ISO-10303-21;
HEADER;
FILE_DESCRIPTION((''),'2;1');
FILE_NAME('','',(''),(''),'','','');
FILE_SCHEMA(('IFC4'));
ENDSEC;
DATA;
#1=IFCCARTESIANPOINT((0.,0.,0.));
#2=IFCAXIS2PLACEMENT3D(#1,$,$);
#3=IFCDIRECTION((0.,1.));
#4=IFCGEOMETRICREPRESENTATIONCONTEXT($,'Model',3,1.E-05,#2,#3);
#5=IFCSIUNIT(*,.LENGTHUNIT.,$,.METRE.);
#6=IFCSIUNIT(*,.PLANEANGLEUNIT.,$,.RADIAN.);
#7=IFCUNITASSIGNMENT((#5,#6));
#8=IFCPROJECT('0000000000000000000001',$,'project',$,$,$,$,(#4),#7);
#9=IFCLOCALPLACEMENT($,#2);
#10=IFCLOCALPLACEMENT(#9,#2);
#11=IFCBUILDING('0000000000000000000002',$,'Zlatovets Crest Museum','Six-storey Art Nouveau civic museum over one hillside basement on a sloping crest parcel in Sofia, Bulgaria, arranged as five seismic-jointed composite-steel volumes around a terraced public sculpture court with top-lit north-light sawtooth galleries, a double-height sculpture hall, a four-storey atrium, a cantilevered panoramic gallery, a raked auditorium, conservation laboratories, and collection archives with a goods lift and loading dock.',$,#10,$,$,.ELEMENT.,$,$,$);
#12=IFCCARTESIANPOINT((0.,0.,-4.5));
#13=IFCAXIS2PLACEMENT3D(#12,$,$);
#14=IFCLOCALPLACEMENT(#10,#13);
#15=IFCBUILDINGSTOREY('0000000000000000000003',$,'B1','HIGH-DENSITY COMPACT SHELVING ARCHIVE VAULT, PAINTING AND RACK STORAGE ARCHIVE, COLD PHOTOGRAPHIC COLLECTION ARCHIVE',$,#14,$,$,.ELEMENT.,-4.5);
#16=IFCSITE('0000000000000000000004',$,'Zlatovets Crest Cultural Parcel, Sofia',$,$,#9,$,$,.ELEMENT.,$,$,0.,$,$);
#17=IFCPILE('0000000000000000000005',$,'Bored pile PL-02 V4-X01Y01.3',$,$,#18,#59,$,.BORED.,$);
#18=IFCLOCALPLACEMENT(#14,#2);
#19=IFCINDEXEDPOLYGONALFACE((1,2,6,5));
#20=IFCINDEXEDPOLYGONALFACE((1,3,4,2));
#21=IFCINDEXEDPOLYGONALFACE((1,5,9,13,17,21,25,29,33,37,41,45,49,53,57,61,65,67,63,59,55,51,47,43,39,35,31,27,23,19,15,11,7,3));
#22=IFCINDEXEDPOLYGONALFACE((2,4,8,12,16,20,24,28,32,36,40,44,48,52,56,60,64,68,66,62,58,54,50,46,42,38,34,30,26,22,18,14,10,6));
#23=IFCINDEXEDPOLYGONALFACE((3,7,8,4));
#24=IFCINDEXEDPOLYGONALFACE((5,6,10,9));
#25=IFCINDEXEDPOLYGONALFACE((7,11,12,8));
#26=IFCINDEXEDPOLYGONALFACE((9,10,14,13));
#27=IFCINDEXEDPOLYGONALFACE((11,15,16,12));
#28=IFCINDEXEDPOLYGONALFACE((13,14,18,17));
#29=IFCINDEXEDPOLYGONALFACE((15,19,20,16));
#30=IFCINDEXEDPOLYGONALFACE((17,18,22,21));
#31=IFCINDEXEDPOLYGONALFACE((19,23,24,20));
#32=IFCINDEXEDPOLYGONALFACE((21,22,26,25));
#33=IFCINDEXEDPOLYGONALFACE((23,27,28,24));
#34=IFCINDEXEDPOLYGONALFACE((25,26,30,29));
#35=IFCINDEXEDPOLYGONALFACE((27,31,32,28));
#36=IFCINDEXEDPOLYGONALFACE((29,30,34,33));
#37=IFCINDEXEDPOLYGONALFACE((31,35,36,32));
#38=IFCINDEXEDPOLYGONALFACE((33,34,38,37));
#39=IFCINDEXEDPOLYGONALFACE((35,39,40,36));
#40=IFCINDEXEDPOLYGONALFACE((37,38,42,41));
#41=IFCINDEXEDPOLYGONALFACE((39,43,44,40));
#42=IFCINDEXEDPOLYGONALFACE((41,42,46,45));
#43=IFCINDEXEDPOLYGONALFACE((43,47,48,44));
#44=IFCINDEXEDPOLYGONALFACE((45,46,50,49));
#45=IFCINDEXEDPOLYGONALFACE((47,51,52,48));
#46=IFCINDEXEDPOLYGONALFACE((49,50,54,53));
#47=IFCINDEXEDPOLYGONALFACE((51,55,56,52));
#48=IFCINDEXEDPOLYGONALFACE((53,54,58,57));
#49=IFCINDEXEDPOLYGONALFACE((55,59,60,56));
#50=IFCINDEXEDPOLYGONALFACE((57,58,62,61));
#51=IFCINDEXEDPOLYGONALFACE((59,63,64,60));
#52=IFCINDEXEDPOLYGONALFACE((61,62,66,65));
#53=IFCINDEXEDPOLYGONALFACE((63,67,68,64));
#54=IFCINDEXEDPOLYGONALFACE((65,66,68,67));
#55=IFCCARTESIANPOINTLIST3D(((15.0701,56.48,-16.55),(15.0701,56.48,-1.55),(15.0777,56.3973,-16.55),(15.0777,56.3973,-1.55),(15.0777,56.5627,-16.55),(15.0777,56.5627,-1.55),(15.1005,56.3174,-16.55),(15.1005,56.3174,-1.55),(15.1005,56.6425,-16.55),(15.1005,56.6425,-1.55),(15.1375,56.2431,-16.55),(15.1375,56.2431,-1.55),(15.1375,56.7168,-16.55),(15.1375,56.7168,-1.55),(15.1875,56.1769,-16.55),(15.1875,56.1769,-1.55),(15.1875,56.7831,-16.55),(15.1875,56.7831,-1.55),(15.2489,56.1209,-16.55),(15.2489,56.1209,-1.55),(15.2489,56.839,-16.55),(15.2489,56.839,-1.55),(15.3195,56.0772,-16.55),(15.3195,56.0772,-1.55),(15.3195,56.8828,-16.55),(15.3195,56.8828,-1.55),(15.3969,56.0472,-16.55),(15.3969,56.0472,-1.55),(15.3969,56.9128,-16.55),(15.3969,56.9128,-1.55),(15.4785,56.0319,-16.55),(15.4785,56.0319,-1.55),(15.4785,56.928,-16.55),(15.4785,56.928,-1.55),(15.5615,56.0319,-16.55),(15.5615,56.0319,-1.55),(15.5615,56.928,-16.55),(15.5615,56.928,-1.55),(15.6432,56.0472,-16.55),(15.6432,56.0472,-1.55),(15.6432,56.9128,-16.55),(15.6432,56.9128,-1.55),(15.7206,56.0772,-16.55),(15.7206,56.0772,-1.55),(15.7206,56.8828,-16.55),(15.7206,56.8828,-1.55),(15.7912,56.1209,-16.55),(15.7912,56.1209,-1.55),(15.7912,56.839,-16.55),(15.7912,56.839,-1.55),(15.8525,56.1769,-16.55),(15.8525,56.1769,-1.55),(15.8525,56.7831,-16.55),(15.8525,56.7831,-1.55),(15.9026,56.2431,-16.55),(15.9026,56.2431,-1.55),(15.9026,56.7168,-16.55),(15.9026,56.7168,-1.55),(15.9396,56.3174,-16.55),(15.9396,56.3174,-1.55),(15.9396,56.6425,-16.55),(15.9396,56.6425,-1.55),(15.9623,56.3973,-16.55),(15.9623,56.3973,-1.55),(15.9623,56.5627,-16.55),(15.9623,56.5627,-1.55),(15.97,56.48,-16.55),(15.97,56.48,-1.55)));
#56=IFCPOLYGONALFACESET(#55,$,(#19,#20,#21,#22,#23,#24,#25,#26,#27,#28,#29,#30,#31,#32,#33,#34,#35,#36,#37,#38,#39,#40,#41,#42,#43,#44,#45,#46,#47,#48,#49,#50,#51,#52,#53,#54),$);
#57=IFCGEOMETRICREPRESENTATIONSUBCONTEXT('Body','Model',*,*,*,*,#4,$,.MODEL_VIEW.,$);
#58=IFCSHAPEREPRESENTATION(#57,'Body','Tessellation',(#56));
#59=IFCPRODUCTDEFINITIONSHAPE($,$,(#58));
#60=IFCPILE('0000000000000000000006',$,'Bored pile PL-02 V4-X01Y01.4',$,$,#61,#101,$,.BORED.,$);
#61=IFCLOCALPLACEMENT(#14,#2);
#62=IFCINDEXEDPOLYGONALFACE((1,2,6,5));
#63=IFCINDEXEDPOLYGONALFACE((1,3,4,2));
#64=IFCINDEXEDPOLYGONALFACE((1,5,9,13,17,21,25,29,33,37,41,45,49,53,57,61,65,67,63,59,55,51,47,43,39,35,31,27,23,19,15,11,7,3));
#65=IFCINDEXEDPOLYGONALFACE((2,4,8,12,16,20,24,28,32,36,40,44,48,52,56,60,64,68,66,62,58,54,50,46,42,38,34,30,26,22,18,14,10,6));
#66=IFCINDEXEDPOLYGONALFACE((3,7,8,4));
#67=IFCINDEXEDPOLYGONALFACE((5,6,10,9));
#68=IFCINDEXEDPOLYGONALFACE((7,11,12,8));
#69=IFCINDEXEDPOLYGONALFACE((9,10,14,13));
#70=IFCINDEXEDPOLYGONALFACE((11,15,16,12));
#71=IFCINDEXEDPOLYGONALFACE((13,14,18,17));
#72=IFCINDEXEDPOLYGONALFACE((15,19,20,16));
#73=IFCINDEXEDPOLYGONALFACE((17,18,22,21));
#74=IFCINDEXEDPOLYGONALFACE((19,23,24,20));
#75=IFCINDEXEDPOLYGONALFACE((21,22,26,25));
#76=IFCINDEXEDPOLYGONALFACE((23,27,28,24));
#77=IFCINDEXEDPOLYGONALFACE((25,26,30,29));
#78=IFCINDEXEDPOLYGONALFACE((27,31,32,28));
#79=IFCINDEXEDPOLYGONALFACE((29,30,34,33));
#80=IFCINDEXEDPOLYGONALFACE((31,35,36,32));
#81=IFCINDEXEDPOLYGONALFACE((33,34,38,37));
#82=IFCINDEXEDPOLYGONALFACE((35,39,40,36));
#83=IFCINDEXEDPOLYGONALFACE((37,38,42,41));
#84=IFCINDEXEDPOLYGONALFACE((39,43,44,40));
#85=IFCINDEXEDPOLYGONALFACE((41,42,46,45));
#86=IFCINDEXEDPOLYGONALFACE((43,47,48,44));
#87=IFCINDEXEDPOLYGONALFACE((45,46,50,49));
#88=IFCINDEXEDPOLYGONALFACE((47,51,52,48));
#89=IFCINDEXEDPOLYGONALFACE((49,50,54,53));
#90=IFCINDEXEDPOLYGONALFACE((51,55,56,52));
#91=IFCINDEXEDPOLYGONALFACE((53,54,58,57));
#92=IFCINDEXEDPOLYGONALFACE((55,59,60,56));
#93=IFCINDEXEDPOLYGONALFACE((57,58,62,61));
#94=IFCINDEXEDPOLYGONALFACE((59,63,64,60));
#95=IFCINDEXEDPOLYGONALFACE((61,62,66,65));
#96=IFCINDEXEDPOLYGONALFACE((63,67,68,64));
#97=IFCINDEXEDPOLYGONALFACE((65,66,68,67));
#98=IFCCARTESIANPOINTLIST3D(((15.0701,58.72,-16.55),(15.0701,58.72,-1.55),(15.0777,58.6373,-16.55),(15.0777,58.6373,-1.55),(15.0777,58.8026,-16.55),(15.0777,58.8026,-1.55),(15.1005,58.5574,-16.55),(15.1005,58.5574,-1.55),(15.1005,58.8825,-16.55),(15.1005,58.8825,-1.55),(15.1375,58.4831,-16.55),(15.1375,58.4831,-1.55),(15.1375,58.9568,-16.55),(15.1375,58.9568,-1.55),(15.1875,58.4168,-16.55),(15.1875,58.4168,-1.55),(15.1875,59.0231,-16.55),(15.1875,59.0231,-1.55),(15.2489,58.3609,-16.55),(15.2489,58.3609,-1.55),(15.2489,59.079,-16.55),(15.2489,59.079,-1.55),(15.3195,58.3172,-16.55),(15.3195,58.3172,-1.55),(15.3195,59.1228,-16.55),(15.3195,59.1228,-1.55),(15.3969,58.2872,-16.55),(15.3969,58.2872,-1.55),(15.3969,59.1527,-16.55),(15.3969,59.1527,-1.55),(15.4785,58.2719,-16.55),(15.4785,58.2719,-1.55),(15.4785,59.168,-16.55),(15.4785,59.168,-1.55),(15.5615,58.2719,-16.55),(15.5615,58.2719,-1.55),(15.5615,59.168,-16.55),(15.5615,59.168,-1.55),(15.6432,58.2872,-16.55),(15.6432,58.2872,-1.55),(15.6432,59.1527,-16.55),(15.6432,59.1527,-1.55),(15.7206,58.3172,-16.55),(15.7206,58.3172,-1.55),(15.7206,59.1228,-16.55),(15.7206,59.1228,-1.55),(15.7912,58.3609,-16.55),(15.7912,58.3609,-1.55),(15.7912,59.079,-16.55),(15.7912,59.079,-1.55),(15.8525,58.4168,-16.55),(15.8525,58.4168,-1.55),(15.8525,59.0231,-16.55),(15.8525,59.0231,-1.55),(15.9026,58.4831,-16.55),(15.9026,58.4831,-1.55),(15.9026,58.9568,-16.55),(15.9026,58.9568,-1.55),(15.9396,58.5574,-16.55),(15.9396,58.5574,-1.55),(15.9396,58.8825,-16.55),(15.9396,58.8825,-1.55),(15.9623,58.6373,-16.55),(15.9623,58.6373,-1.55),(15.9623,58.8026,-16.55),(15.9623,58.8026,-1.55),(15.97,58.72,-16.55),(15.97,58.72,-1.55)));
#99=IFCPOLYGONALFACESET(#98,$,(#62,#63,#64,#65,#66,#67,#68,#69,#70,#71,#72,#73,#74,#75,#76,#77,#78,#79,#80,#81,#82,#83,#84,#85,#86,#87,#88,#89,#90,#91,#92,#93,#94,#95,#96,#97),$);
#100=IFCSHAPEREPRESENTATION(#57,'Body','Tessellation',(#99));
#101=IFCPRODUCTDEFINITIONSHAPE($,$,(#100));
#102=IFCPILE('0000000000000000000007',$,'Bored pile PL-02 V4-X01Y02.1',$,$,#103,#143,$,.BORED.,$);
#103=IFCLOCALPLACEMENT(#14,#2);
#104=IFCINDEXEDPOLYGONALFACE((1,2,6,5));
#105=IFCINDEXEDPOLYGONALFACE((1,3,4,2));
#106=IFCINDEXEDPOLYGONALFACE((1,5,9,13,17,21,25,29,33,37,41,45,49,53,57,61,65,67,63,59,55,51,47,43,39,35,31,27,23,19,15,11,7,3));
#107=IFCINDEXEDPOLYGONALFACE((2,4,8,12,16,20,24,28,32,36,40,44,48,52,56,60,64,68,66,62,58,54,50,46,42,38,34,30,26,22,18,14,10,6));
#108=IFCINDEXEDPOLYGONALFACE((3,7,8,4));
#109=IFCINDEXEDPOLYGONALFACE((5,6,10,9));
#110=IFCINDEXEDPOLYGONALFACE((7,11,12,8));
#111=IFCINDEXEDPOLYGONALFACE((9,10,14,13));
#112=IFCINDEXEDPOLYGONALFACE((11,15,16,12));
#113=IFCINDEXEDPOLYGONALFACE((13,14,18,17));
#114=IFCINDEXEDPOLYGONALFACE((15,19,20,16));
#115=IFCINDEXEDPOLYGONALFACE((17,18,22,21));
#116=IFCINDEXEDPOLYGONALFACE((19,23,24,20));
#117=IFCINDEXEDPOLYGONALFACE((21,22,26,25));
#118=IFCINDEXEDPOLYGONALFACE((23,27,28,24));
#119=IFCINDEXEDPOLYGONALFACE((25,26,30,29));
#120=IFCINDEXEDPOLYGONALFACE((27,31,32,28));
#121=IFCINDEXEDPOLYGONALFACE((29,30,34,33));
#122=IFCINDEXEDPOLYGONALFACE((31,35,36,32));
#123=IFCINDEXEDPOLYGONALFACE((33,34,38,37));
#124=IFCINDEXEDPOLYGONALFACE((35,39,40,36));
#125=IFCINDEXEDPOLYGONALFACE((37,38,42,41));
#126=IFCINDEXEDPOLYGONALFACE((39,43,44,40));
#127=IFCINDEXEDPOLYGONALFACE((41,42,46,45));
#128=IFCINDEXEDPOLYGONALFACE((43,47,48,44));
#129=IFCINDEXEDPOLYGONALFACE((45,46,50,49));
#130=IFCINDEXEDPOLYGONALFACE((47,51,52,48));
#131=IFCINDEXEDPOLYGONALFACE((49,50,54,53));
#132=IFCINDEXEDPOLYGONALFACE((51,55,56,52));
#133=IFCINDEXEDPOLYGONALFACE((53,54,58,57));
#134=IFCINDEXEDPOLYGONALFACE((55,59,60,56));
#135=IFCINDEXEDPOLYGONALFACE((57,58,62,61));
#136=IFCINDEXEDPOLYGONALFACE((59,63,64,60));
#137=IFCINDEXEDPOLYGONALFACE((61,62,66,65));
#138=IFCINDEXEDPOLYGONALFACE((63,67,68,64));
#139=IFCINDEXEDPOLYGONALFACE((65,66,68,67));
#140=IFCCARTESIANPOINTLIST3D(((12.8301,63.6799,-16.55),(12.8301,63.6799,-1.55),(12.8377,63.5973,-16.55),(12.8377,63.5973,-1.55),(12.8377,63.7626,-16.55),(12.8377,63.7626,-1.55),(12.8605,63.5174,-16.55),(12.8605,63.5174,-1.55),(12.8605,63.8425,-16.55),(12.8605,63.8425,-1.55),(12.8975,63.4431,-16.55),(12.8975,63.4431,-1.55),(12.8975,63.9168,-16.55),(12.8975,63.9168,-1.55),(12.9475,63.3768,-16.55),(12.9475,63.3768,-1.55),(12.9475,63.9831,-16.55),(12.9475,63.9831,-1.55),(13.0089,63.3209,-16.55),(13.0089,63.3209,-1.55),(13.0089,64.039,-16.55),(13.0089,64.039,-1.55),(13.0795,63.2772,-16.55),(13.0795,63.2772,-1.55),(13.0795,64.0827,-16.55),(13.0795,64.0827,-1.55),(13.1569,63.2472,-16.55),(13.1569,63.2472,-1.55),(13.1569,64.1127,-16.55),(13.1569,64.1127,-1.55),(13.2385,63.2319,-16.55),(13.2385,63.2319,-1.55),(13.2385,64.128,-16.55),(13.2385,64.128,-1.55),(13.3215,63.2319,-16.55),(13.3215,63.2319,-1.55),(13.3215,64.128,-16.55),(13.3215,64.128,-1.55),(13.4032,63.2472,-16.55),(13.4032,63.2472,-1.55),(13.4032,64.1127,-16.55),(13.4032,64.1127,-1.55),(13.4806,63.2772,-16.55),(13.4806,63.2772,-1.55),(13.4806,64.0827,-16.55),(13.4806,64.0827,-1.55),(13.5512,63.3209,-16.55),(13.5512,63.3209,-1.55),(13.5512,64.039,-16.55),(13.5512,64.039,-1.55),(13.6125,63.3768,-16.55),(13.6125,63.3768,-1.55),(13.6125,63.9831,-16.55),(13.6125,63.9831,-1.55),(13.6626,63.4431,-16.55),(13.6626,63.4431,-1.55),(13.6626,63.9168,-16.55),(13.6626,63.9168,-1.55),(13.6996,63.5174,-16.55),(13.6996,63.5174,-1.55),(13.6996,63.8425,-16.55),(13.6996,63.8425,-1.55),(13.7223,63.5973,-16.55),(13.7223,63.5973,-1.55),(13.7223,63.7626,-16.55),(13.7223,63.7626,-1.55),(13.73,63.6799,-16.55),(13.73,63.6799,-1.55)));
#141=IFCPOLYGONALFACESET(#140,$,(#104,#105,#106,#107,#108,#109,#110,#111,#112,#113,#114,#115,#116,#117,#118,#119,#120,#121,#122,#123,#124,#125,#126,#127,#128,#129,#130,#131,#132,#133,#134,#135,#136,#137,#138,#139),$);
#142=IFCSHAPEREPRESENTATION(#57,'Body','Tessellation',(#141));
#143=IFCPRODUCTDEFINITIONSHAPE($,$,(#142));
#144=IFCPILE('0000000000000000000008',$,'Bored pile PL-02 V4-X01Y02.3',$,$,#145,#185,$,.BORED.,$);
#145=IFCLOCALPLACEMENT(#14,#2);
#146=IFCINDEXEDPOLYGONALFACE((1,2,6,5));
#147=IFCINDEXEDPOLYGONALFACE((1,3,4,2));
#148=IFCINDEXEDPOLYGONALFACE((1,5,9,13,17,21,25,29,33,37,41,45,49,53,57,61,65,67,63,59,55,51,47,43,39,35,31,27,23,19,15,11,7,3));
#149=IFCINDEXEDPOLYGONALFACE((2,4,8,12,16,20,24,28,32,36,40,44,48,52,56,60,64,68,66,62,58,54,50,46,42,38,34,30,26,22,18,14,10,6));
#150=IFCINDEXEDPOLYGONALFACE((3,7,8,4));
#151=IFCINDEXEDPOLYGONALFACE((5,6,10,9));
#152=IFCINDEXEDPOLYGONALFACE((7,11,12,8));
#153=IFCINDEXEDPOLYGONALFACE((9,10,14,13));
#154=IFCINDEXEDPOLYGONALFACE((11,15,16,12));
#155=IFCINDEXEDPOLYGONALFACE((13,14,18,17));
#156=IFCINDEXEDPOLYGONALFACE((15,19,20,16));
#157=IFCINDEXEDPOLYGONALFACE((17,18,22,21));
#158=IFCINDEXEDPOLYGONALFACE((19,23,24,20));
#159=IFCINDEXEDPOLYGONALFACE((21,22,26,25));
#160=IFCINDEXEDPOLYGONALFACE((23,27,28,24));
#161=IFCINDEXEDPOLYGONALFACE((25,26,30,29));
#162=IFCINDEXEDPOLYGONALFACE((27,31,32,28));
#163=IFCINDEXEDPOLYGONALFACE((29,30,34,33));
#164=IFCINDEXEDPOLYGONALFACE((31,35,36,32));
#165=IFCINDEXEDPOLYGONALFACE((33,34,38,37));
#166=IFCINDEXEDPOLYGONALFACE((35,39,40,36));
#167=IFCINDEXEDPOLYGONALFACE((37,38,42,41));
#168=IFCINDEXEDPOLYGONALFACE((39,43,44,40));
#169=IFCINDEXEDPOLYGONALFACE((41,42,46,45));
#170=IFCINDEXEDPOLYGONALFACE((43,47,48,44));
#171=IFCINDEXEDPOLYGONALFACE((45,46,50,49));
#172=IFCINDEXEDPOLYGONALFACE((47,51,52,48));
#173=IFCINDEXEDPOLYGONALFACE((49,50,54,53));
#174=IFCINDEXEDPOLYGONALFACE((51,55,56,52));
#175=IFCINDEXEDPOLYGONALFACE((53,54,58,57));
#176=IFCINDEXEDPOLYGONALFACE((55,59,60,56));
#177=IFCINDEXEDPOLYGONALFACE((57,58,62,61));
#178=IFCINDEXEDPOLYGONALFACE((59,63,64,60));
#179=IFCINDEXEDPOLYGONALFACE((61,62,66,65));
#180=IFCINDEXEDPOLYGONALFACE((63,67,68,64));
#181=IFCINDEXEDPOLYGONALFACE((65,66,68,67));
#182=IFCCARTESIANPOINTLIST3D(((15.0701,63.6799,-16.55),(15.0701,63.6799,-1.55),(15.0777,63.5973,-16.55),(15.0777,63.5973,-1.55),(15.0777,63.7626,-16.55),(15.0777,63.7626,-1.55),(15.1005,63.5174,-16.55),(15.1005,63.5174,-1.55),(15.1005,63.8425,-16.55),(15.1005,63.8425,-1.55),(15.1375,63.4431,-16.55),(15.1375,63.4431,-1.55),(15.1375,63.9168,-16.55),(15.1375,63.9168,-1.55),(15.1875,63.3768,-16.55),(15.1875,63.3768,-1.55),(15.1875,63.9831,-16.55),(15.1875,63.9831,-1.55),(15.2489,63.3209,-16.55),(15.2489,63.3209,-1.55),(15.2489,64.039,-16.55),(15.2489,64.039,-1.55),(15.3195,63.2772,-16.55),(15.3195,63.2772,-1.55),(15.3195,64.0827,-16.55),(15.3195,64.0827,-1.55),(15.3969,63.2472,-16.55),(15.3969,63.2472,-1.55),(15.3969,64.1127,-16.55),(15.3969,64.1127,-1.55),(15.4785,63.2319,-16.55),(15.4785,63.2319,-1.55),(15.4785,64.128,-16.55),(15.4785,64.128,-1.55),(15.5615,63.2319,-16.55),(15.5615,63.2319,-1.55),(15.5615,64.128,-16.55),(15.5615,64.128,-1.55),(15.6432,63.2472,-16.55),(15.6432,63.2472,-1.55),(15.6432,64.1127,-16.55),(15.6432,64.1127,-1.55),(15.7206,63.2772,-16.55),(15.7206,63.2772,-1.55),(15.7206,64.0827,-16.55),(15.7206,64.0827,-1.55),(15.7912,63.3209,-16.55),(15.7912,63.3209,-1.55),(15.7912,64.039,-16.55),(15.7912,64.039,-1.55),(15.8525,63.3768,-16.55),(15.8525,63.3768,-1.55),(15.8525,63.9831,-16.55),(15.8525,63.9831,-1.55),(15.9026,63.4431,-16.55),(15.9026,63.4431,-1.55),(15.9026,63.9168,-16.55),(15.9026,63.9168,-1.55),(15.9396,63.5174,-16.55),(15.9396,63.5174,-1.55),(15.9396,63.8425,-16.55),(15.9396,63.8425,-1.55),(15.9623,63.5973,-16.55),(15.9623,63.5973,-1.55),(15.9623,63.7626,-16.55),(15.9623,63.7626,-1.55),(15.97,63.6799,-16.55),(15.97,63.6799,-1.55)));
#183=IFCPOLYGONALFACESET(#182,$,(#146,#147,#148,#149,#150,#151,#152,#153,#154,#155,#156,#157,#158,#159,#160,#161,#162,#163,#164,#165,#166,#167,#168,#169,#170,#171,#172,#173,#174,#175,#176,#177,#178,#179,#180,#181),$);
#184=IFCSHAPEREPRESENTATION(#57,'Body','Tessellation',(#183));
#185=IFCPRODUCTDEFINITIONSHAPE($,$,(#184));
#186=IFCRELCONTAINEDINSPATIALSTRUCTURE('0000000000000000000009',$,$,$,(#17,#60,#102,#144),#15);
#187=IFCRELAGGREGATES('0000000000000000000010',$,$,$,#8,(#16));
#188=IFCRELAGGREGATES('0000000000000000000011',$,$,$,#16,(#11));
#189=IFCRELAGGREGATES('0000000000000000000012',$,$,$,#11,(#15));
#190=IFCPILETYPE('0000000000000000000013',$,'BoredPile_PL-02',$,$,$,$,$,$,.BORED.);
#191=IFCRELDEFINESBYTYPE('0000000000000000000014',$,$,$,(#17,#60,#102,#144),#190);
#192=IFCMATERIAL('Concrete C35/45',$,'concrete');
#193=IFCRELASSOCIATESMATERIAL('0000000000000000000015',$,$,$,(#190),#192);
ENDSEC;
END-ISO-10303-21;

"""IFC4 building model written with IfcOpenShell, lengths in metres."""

from ifc_helpers import new_model, si_unit, direction, frame, origin, origin_2d, place, context, subcontext, project, spatial, circle, extrude, material, material_profile, profile_set, type_object, element, save


model = new_model("IFC4")

# Units and contexts
model_context = context("Model", 3, precision=1e-05, world=origin(), true_north=direction((0.0, 1.0)))
body_context = subcontext(model_context, "Body", "Model", "MODEL_VIEW")
ifc_project = project(units=[si_unit("LENGTHUNIT", "METRE"), si_unit("PLANEANGLEUNIT", "RADIAN")], contexts=[model_context])

# Site, building, storey
site_placement = place(None, origin())
site = spatial("IfcSite", under=ifc_project, at=site_placement, Name="Zlatovets Crest Cultural Parcel, Sofia", CompositionType="ELEMENT", RefElevation=0.0)
building_placement = place(site_placement, origin())
building = spatial("IfcBuilding", under=site, at=building_placement, Name="Zlatovets Crest Museum", Description="Six-storey Art Nouveau civic museum over one hillside basement on a sloping crest parcel in Sofia, Bulgaria, arranged as five seismic-jointed composite-steel volumes around a terraced public sculpture court with top-lit north-light sawtooth galleries, a double-height sculpture hall, a four-storey atrium, a cantilevered panoramic gallery, a raked auditorium, conservation laboratories, and collection archives with a goods lift and loading dock.", CompositionType="ELEMENT")
storey_placement = place(building_placement, frame((0.0, 0.0, -4.5)))
storey = spatial("IfcBuildingStorey", under=building, at=storey_placement, Name="B1", Description="HIGH-DENSITY COMPACT SHELVING ARCHIVE VAULT, PAINTING AND RACK STORAGE ARCHIVE, COLD PHOTOGRAPHIC COLLECTION ARCHIVE", CompositionType="ELEMENT", Elevation=-4.5)

# Piles
ifc_material = material(Name="Concrete C35/45", Category="concrete")
ifc_material_profile_1 = material_profile(ifc_material, circle(Radius=0.45, at=origin_2d()), Name="PILE D900")
ifc_profile_set_1 = profile_set([ifc_material_profile_1], Name="Concrete C35/45")
pile_type_1 = type_object("IfcPileType", Name="BoredPile_PL-02", PredefinedType="BORED", material=ifc_profile_set_1)
for number, where, z_axis, x_axis, name in (
    (1, (15.52, 56.48, -1.55), (0.0, 0.0, -1.0), (1.0, 0.0, 0.0), "Bored pile PL-02 V4-X01Y01.3"),
    (2, (15.52, 58.72, -1.55), (0.0, 0.0, -1.0), (1.0, 0.0, 0.0), "Bored pile PL-02 V4-X01Y01.4"),
    (3, (13.28, 63.6799, -1.55), (0.0, 0.0, -1.0), (1.0, 0.0, 0.0), "Bored pile PL-02 V4-X01Y02.1"),
    (4, (15.52, 63.6799, -1.55), (0.0, 0.0, -1.0), (1.0, 0.0, 0.0), "Bored pile PL-02 V4-X01Y02.3"),
):
    element("IfcPile", number, at=place(storey_placement, frame(where, z_axis=z_axis, x_axis=x_axis)), inside=storey, type_object=pile_type_1, Name=name, PredefinedType="BORED", context=body_context, shape_type="SweptSolid", body=[
        extrude(circle(Radius=0.45, at=origin_2d()), origin(), (0.0, 0.0, 1.0), 15.0),
    ])

save(model, "model.ifc")
